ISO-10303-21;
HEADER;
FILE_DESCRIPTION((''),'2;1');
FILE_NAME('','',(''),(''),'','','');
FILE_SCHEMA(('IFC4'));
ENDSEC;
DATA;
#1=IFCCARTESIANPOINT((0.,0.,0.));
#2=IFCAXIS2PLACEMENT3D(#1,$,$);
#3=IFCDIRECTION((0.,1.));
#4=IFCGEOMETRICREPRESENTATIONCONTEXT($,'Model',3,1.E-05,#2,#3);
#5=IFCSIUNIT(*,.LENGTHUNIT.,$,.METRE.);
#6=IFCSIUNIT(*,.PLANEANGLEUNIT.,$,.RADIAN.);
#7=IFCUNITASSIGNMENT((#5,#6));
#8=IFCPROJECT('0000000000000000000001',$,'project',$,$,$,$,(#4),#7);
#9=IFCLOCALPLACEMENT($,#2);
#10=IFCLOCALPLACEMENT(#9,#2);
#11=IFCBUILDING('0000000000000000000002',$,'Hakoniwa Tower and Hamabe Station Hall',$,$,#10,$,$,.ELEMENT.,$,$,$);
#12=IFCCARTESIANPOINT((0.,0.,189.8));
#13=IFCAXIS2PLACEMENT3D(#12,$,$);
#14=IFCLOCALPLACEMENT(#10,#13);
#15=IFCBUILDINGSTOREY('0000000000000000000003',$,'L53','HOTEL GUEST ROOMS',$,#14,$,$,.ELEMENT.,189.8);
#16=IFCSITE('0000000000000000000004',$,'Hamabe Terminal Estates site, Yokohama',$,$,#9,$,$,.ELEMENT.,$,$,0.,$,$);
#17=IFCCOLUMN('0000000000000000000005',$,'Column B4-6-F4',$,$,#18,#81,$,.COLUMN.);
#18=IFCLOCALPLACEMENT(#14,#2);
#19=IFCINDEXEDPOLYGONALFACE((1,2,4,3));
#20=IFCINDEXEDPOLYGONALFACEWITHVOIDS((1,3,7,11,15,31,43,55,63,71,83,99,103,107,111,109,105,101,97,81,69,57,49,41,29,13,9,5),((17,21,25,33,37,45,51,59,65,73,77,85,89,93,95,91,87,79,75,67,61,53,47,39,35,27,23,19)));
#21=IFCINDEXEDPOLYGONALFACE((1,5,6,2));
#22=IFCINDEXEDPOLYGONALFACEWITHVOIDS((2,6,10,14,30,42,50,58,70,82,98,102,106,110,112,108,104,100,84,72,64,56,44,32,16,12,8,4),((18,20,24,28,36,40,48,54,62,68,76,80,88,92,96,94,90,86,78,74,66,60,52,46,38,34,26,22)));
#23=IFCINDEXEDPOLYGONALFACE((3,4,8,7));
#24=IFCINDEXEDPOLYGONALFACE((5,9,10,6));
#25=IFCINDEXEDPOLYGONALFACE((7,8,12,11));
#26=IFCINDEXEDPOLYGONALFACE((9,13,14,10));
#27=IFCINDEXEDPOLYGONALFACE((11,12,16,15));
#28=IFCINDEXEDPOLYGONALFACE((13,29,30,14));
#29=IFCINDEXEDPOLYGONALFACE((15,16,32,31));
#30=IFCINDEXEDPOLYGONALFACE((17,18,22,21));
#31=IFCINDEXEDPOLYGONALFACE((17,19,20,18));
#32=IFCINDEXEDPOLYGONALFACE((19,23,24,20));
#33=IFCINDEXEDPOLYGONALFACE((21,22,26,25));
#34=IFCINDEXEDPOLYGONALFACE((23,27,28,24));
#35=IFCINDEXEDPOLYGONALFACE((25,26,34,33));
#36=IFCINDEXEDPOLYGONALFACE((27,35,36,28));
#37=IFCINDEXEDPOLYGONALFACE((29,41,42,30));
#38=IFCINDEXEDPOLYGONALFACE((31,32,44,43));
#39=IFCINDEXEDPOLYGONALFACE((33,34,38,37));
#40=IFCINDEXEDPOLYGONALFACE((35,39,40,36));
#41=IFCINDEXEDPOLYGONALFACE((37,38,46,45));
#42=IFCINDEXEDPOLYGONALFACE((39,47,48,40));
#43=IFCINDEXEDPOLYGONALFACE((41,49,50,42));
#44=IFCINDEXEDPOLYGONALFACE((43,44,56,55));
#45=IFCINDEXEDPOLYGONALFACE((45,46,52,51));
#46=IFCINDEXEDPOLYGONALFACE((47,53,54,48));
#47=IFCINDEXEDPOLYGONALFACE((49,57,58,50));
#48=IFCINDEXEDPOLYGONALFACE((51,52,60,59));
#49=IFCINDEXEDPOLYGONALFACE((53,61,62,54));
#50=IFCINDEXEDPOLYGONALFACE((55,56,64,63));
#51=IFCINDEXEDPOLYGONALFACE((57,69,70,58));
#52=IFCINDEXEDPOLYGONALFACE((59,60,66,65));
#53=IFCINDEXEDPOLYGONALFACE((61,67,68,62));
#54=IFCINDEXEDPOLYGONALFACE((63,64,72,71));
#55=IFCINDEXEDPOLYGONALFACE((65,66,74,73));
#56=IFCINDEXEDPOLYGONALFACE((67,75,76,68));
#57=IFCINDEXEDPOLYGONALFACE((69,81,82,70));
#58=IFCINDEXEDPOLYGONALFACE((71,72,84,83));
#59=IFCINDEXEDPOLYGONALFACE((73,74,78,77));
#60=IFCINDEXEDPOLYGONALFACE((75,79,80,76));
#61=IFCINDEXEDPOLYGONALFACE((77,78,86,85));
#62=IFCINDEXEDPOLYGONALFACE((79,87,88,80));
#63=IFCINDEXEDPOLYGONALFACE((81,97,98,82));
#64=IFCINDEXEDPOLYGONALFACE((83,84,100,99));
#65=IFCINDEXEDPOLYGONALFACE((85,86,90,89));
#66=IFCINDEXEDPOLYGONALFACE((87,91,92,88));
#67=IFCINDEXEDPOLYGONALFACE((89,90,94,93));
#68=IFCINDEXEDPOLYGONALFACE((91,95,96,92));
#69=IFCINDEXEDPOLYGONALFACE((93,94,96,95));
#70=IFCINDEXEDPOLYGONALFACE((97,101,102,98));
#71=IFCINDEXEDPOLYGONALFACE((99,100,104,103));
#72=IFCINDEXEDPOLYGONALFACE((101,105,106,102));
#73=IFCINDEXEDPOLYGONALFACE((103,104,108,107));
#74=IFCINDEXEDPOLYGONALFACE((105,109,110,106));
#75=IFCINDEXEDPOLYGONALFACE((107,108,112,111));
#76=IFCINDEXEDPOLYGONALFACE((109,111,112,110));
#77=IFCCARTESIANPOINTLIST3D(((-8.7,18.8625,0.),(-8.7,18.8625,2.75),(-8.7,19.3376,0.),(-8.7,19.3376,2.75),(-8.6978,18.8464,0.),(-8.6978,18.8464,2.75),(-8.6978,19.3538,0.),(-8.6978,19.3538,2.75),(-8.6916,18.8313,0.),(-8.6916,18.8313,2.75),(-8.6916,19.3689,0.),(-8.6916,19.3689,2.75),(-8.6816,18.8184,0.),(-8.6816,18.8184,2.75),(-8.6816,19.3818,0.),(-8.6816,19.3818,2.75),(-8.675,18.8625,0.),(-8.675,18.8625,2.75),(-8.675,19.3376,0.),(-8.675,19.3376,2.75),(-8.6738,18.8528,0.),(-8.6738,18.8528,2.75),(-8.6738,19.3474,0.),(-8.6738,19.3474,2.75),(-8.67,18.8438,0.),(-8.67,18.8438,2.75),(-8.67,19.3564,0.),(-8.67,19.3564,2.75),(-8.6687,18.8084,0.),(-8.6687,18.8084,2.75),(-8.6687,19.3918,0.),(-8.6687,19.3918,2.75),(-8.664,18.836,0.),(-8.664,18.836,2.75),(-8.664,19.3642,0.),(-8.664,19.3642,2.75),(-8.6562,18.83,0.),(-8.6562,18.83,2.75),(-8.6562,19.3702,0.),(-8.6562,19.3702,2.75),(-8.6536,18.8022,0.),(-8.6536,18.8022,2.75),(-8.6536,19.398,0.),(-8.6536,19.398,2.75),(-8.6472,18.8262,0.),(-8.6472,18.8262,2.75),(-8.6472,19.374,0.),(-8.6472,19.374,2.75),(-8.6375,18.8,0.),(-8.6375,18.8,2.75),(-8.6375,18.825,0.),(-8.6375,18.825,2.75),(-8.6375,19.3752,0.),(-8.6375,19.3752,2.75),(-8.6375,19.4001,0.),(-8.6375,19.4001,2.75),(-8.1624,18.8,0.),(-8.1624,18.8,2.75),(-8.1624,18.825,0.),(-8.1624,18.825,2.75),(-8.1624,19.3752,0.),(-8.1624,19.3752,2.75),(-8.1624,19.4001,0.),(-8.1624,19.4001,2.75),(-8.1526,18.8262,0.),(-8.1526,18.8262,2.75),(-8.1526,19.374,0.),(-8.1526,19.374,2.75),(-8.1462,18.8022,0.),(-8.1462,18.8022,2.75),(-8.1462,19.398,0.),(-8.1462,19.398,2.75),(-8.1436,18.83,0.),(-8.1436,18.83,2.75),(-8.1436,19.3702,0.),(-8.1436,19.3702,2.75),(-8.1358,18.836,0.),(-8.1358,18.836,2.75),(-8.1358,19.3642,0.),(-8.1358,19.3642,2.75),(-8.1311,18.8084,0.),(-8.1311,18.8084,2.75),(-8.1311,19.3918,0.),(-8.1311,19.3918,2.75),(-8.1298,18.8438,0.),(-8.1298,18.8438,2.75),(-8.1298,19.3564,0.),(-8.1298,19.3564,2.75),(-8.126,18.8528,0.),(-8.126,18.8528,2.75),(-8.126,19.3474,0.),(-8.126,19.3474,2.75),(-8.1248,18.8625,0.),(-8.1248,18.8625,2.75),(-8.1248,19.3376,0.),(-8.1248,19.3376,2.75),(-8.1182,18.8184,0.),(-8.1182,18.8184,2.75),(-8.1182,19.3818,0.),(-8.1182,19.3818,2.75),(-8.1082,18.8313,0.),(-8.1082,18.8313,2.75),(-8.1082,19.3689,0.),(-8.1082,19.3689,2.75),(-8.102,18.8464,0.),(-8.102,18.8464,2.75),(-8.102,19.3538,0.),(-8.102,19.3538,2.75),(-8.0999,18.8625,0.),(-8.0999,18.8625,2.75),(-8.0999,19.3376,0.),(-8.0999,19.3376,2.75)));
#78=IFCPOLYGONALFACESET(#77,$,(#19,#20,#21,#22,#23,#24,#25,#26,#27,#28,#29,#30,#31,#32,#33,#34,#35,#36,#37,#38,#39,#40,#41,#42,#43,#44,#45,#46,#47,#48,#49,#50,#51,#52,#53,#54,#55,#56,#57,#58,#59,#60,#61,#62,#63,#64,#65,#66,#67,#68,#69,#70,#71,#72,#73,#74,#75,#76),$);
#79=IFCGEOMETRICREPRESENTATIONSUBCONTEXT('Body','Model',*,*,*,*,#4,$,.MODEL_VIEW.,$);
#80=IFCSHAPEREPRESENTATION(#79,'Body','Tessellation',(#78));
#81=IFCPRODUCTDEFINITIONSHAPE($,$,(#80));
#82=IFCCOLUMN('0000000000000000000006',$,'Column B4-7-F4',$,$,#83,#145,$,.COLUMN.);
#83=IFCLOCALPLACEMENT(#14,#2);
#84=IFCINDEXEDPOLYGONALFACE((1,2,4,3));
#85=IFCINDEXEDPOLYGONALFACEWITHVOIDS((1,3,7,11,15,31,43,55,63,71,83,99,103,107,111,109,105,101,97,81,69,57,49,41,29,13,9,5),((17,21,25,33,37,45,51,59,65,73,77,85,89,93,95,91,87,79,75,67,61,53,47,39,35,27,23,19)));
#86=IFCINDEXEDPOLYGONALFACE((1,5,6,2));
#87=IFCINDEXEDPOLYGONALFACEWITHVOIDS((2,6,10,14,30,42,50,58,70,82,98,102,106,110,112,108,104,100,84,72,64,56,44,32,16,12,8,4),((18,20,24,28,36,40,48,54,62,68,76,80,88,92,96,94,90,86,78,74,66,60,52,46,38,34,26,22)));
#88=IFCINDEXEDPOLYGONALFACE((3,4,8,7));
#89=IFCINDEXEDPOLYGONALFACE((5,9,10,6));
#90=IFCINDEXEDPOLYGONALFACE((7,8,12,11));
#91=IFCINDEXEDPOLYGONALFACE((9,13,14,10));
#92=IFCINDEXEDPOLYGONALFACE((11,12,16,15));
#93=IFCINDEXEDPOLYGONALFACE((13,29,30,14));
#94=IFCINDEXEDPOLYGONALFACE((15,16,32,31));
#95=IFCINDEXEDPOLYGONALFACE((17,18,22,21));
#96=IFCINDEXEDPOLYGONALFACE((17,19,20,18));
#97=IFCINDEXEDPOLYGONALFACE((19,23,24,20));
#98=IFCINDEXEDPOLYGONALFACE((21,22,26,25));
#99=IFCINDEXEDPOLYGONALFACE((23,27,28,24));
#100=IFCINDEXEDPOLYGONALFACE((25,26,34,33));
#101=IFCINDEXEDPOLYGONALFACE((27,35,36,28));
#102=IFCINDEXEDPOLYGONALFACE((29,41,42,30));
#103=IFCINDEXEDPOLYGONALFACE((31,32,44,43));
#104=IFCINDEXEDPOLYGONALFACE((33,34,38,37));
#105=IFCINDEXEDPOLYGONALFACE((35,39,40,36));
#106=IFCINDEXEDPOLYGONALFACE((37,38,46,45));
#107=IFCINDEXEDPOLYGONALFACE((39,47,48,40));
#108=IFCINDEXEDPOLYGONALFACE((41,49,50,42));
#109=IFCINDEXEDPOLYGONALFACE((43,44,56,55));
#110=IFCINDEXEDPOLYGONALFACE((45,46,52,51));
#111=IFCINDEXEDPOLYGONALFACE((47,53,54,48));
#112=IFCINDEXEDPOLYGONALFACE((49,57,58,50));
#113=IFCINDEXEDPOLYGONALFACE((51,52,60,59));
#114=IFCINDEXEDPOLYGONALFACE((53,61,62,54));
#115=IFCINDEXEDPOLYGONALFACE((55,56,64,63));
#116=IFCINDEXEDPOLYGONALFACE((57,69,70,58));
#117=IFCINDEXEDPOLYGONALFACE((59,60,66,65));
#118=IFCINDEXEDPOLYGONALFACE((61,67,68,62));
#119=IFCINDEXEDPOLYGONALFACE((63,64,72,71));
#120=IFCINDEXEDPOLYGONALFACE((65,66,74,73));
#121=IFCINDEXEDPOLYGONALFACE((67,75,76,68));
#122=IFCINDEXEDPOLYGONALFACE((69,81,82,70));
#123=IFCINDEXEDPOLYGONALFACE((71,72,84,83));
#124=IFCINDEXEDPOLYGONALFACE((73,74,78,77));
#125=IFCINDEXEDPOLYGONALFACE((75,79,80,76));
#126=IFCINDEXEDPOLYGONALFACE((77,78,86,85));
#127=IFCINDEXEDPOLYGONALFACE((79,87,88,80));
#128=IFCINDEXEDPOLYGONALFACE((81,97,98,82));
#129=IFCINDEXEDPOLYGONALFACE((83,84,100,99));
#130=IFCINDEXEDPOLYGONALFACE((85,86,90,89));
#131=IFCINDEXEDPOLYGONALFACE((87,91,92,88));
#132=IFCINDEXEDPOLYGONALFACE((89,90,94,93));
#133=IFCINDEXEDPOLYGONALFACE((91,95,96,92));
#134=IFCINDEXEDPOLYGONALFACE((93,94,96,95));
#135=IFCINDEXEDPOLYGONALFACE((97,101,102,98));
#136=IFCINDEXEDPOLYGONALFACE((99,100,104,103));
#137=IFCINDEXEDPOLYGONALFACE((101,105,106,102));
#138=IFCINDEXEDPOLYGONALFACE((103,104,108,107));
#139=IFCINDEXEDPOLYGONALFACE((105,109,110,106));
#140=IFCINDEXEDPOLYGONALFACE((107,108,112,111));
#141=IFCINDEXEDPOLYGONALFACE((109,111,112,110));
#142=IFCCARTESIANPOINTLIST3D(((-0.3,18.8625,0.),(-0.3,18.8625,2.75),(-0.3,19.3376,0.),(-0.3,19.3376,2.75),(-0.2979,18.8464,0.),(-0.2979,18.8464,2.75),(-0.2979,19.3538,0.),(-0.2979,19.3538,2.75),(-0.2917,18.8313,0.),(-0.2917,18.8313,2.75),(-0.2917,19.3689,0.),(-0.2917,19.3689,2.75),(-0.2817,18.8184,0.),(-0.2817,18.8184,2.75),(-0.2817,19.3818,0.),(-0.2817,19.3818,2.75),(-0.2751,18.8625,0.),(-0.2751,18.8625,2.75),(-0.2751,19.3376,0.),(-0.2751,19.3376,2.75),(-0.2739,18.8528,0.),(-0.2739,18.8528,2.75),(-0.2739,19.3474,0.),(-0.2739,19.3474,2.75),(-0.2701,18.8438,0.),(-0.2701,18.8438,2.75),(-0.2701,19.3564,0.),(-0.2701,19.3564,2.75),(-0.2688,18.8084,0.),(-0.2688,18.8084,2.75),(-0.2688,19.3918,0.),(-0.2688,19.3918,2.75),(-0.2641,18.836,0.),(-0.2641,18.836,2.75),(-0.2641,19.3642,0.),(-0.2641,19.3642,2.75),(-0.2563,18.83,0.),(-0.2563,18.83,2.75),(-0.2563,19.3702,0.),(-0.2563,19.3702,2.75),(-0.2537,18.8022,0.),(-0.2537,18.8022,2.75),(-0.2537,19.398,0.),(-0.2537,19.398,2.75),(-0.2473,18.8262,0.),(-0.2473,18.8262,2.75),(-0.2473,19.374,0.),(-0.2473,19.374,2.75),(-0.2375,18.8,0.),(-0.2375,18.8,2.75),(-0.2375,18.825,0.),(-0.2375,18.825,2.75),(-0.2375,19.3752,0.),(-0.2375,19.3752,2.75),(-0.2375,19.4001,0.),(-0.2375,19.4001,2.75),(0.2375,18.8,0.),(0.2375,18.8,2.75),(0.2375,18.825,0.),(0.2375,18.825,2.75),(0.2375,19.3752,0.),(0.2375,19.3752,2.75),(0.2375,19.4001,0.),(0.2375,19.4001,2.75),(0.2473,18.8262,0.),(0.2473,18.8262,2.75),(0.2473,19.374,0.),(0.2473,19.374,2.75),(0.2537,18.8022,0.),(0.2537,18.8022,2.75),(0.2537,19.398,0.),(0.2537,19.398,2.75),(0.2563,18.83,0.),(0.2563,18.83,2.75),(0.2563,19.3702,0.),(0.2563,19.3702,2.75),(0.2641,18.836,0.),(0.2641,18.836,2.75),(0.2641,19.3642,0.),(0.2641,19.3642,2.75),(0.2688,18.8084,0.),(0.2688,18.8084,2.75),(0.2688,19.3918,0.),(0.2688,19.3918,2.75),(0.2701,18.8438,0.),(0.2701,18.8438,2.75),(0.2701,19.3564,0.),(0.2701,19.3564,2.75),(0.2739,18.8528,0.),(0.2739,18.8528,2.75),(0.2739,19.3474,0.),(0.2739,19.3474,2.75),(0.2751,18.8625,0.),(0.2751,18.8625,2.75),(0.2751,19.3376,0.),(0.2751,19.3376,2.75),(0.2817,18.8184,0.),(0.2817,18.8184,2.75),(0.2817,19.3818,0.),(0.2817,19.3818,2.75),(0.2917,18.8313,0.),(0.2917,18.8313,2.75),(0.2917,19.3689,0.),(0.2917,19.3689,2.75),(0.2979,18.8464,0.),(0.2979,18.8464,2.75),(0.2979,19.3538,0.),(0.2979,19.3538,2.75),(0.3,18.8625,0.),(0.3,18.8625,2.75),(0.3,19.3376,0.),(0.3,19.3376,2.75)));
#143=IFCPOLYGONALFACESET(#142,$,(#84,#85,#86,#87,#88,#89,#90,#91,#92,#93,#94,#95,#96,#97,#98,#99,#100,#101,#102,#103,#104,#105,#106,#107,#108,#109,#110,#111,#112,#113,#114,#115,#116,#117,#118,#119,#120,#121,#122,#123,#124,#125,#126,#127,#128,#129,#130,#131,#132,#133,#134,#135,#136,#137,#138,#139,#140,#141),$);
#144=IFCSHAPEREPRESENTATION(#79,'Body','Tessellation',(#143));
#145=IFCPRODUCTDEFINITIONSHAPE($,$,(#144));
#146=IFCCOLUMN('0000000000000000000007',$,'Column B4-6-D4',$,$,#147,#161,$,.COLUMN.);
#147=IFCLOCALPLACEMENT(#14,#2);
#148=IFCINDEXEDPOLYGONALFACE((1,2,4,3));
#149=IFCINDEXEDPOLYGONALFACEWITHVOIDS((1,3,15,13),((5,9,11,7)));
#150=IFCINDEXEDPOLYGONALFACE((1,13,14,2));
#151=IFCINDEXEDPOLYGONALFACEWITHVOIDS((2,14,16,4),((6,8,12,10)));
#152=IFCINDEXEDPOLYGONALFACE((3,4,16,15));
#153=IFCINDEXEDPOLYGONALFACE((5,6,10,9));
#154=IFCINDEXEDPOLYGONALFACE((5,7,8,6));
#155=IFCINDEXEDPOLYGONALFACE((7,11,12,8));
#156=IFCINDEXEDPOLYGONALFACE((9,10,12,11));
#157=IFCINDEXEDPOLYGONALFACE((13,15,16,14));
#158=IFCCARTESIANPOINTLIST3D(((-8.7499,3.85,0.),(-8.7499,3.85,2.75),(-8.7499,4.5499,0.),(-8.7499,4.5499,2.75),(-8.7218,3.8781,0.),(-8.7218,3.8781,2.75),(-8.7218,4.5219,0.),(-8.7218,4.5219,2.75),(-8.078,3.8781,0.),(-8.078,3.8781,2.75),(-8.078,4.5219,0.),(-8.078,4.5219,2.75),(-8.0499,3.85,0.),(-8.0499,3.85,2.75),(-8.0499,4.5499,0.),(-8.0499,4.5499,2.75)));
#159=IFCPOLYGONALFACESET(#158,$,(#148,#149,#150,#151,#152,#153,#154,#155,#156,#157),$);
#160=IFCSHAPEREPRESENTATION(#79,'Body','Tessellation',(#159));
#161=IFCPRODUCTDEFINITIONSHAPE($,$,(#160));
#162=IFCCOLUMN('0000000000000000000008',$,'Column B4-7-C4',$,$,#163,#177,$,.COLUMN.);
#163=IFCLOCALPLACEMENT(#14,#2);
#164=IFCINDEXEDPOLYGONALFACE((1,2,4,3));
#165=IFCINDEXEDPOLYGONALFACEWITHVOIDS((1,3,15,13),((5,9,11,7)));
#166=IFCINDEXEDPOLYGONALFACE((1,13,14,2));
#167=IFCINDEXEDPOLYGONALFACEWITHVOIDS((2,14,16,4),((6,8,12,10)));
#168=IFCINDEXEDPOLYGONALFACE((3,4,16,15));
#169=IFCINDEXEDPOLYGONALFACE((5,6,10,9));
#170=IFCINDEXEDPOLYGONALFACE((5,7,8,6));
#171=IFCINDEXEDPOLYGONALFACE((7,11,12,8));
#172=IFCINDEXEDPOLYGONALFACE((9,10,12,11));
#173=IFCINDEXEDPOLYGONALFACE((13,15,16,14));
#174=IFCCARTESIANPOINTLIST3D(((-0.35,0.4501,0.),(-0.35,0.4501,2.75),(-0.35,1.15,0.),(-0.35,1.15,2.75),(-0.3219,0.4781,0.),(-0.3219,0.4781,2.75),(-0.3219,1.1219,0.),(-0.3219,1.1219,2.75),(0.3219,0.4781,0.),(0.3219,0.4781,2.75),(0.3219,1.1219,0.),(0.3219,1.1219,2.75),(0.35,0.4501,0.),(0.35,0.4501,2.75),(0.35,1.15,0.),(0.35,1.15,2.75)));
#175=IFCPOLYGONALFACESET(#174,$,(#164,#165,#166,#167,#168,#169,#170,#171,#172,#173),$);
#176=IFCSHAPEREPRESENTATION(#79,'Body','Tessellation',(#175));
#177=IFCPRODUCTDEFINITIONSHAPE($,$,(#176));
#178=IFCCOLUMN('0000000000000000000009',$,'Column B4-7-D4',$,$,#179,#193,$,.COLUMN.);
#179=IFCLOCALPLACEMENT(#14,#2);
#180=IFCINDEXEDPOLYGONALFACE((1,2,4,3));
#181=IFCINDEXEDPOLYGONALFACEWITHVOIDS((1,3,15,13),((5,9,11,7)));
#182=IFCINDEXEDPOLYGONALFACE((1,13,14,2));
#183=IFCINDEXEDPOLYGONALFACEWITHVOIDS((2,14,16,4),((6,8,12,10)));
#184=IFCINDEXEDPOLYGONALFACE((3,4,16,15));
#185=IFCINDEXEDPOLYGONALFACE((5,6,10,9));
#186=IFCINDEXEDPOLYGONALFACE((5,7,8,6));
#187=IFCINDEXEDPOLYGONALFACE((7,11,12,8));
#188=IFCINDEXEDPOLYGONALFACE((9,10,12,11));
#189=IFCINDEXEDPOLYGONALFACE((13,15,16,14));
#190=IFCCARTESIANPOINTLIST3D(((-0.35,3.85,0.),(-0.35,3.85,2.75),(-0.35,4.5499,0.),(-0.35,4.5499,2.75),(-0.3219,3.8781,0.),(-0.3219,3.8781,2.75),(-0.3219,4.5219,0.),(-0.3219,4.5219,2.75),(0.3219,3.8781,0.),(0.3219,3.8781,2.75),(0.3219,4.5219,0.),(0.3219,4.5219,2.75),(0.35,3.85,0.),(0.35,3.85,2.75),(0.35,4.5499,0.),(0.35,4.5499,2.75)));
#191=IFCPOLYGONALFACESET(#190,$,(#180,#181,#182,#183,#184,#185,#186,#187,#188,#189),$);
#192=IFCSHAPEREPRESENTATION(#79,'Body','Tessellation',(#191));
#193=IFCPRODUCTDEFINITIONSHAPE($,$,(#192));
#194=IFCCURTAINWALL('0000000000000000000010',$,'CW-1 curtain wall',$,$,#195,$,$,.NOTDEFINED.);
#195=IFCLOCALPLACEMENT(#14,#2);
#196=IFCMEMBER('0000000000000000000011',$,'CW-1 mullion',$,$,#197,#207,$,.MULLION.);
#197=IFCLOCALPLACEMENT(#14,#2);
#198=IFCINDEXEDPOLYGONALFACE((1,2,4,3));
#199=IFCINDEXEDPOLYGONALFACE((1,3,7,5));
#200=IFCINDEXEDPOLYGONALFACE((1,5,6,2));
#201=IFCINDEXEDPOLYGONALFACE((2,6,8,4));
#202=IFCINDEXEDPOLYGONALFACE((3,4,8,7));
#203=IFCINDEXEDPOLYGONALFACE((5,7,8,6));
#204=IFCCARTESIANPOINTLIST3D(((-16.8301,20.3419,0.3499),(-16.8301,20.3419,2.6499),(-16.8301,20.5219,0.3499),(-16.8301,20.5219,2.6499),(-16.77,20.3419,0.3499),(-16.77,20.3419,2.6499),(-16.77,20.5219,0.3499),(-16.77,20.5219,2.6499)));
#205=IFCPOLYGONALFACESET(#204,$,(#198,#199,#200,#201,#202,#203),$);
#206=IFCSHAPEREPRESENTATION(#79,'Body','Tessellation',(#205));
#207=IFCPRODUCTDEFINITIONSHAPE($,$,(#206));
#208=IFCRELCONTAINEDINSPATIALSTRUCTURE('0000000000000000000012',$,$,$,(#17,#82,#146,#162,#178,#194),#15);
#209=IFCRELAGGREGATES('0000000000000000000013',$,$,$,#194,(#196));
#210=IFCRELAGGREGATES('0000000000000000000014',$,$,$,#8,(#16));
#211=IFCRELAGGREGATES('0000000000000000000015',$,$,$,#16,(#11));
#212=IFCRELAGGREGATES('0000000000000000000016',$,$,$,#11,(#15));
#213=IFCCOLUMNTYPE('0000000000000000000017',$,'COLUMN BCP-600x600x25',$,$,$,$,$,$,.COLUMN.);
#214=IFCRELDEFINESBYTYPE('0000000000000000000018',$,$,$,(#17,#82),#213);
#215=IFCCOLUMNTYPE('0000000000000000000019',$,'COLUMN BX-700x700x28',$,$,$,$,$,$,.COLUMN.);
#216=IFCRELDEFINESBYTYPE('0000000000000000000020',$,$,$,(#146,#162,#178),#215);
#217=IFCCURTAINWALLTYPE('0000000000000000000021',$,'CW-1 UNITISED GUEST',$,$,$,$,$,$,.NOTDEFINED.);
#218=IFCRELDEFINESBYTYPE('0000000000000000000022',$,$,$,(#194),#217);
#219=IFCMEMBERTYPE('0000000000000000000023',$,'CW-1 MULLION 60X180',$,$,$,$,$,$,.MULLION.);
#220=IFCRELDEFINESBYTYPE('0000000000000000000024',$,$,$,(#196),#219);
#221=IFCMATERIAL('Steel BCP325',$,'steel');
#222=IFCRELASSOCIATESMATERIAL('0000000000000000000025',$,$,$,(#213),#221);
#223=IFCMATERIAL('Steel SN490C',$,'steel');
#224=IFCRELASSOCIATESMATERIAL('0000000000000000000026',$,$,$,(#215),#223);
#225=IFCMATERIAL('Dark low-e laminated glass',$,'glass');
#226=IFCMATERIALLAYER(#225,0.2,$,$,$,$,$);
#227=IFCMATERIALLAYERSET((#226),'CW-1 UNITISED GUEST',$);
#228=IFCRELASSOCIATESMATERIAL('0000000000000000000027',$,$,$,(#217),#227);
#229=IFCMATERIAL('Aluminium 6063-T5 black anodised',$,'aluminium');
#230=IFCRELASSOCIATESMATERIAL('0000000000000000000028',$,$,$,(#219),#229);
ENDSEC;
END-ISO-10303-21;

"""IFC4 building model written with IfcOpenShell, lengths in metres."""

from ifc_helpers import new_model, si_unit, direction, frame, origin, origin_2d, place, context, subcontext, project, spatial, rectangle, hollow_rectangle, extrude, material, layer, layer_set, material_profile, profile_set, type_object, element, aggregate, save


model = new_model("IFC4")

# Units and contexts
model_context = context("Model", 3, precision=1e-05, world=origin(), true_north=direction((0.0, 1.0)))
body_context = subcontext(model_context, "Body", "Model", "MODEL_VIEW")
ifc_project = project(units=[si_unit("LENGTHUNIT", "METRE"), si_unit("PLANEANGLEUNIT", "RADIAN")], contexts=[model_context])

# Site, building, storey
site_placement = place(None, origin())
site = spatial("IfcSite", under=ifc_project, at=site_placement, Name="Hamabe Terminal Estates site, Yokohama", CompositionType="ELEMENT", RefElevation=0.0)
building_placement = place(site_placement, origin())
building = spatial("IfcBuilding", under=site, at=building_placement, Name="Hakoniwa Tower and Hamabe Station Hall", CompositionType="ELEMENT")
storey_placement = place(building_placement, frame((0.0, 0.0, 189.8)))
storey = spatial("IfcBuildingStorey", under=building, at=storey_placement, Name="L53", Description="HOTEL GUEST ROOMS", CompositionType="ELEMENT", Elevation=189.8)

# Columns
ifc_material_1 = material(Name="Steel BCP325", Category="steel")
ifc_material_profile_1 = material_profile(ifc_material_1, hollow_rectangle(XDim=0.6001, YDim=0.6001, WallThickness=0.0249, InnerFilletRadius=0.0376, OuterFilletRadius=0.0625, at=origin_2d()), Name="BCP-600x600x25")
ifc_profile_set_1 = profile_set([ifc_material_profile_1], Name="Steel BCP325")
column_type_1 = type_object("IfcColumnType", Name="COLUMN BCP-600x600x25", PredefinedType="COLUMN", material=ifc_profile_set_1)
for number, where, z_axis, x_axis, name in (
    (1, (-8.3999, 19.1001, 0.0), (0.0, 0.0, 1.0), (1.0, 0.0, 0.0), "Column B4-6-F4"),
    (2, (0.0, 19.1001, 0.0), (0.0, 0.0, 1.0), (1.0, 0.0, 0.0), "Column B4-7-F4"),
):
    element("IfcColumn", number, at=place(storey_placement, frame(where, z_axis=z_axis, x_axis=x_axis)), inside=storey, type_object=column_type_1, Name=name, PredefinedType="COLUMN", context=body_context, shape_type="SweptSolid", body=[
        extrude(hollow_rectangle(XDim=0.6001, YDim=0.6001, WallThickness=0.0249, InnerFilletRadius=0.0376, OuterFilletRadius=0.0625, at=origin_2d()), origin(), (0.0, 0.0, 1.0), 2.75),
    ])
ifc_material_2 = material(Name="Steel SN490C", Category="steel")
ifc_material_profile_2 = material_profile(ifc_material_2, hollow_rectangle(XDim=0.7, YDim=0.7, WallThickness=0.0281, at=origin_2d()), Name="BX-700x700x28")
ifc_profile_set_2 = profile_set([ifc_material_profile_2], Name="Steel SN490C")
column_type_2 = type_object("IfcColumnType", Name="COLUMN BX-700x700x28", PredefinedType="COLUMN", material=ifc_profile_set_2)
for number, where, z_axis, x_axis, name in (
    (3, (-8.3999, 4.2, 0.0), (0.0, 0.0, 1.0), (1.0, 0.0, 0.0), "Column B4-6-D4"),
    (4, (0.0, 0.8, 0.0), (0.0, 0.0, 1.0), (1.0, 0.0, 0.0), "Column B4-7-C4"),
    (5, (0.0, 4.2, 0.0), (0.0, 0.0, 1.0), (1.0, 0.0, 0.0), "Column B4-7-D4"),
):
    element("IfcColumn", number, at=place(storey_placement, frame(where, z_axis=z_axis, x_axis=x_axis)), inside=storey, type_object=column_type_2, Name=name, PredefinedType="COLUMN", context=body_context, shape_type="SweptSolid", body=[
        extrude(hollow_rectangle(XDim=0.7, YDim=0.7, WallThickness=0.0281, at=origin_2d()), origin(), (0.0, 0.0, 1.0), 2.75),
    ])

# Curtain wall, member
ifc_material_3 = material(Name="Dark low-e laminated glass", Category="glass")
ifc_layer_1 = layer(ifc_material_3, 0.2)
ifc_layer_set_1 = layer_set([ifc_layer_1], Name="CW-1 UNITISED GUEST")
curtain_wall_type = type_object("IfcCurtainWallType", Name="CW-1 UNITISED GUEST", PredefinedType="NOTDEFINED", material=ifc_layer_set_1)
curtain_wall_placement = place(storey_placement, origin())
curtain_wall = element("IfcCurtainWall", 6, at=curtain_wall_placement, inside=storey, type_object=curtain_wall_type, Name="CW-1 curtain wall", PredefinedType="NOTDEFINED")
ifc_material_4 = material(Name="Aluminium 6063-T5 black anodised", Category="aluminium")
ifc_material_profile_3 = material_profile(ifc_material_4, rectangle(XDim=0.0601, YDim=0.1799, at=origin_2d()), Name="CW-1 MULLION 60X180")
ifc_profile_set_3 = profile_set([ifc_material_profile_3], Name="Aluminium 6063-T5 black anodised")
member_type = type_object("IfcMemberType", Name="CW-1 MULLION 60X180", PredefinedType="MULLION", material=ifc_profile_set_3)
member_placement = place(storey_placement, frame((-16.8, 20.4319, 0.3499), z_axis=(0.0, 0.0, 1.0), x_axis=(-1.0, 0.0, 0.0)))
member = element("IfcMember", 7, at=member_placement, type_object=member_type, Name="CW-1 mullion", PredefinedType="MULLION", context=body_context, shape_type="SweptSolid", body=[
    extrude(rectangle(XDim=0.0601, YDim=0.1799, at=origin_2d()), origin(), (0.0, 0.0, 1.0), 2.3),
])
aggregate(curtain_wall, [member])

save(model, "model.ifc")
